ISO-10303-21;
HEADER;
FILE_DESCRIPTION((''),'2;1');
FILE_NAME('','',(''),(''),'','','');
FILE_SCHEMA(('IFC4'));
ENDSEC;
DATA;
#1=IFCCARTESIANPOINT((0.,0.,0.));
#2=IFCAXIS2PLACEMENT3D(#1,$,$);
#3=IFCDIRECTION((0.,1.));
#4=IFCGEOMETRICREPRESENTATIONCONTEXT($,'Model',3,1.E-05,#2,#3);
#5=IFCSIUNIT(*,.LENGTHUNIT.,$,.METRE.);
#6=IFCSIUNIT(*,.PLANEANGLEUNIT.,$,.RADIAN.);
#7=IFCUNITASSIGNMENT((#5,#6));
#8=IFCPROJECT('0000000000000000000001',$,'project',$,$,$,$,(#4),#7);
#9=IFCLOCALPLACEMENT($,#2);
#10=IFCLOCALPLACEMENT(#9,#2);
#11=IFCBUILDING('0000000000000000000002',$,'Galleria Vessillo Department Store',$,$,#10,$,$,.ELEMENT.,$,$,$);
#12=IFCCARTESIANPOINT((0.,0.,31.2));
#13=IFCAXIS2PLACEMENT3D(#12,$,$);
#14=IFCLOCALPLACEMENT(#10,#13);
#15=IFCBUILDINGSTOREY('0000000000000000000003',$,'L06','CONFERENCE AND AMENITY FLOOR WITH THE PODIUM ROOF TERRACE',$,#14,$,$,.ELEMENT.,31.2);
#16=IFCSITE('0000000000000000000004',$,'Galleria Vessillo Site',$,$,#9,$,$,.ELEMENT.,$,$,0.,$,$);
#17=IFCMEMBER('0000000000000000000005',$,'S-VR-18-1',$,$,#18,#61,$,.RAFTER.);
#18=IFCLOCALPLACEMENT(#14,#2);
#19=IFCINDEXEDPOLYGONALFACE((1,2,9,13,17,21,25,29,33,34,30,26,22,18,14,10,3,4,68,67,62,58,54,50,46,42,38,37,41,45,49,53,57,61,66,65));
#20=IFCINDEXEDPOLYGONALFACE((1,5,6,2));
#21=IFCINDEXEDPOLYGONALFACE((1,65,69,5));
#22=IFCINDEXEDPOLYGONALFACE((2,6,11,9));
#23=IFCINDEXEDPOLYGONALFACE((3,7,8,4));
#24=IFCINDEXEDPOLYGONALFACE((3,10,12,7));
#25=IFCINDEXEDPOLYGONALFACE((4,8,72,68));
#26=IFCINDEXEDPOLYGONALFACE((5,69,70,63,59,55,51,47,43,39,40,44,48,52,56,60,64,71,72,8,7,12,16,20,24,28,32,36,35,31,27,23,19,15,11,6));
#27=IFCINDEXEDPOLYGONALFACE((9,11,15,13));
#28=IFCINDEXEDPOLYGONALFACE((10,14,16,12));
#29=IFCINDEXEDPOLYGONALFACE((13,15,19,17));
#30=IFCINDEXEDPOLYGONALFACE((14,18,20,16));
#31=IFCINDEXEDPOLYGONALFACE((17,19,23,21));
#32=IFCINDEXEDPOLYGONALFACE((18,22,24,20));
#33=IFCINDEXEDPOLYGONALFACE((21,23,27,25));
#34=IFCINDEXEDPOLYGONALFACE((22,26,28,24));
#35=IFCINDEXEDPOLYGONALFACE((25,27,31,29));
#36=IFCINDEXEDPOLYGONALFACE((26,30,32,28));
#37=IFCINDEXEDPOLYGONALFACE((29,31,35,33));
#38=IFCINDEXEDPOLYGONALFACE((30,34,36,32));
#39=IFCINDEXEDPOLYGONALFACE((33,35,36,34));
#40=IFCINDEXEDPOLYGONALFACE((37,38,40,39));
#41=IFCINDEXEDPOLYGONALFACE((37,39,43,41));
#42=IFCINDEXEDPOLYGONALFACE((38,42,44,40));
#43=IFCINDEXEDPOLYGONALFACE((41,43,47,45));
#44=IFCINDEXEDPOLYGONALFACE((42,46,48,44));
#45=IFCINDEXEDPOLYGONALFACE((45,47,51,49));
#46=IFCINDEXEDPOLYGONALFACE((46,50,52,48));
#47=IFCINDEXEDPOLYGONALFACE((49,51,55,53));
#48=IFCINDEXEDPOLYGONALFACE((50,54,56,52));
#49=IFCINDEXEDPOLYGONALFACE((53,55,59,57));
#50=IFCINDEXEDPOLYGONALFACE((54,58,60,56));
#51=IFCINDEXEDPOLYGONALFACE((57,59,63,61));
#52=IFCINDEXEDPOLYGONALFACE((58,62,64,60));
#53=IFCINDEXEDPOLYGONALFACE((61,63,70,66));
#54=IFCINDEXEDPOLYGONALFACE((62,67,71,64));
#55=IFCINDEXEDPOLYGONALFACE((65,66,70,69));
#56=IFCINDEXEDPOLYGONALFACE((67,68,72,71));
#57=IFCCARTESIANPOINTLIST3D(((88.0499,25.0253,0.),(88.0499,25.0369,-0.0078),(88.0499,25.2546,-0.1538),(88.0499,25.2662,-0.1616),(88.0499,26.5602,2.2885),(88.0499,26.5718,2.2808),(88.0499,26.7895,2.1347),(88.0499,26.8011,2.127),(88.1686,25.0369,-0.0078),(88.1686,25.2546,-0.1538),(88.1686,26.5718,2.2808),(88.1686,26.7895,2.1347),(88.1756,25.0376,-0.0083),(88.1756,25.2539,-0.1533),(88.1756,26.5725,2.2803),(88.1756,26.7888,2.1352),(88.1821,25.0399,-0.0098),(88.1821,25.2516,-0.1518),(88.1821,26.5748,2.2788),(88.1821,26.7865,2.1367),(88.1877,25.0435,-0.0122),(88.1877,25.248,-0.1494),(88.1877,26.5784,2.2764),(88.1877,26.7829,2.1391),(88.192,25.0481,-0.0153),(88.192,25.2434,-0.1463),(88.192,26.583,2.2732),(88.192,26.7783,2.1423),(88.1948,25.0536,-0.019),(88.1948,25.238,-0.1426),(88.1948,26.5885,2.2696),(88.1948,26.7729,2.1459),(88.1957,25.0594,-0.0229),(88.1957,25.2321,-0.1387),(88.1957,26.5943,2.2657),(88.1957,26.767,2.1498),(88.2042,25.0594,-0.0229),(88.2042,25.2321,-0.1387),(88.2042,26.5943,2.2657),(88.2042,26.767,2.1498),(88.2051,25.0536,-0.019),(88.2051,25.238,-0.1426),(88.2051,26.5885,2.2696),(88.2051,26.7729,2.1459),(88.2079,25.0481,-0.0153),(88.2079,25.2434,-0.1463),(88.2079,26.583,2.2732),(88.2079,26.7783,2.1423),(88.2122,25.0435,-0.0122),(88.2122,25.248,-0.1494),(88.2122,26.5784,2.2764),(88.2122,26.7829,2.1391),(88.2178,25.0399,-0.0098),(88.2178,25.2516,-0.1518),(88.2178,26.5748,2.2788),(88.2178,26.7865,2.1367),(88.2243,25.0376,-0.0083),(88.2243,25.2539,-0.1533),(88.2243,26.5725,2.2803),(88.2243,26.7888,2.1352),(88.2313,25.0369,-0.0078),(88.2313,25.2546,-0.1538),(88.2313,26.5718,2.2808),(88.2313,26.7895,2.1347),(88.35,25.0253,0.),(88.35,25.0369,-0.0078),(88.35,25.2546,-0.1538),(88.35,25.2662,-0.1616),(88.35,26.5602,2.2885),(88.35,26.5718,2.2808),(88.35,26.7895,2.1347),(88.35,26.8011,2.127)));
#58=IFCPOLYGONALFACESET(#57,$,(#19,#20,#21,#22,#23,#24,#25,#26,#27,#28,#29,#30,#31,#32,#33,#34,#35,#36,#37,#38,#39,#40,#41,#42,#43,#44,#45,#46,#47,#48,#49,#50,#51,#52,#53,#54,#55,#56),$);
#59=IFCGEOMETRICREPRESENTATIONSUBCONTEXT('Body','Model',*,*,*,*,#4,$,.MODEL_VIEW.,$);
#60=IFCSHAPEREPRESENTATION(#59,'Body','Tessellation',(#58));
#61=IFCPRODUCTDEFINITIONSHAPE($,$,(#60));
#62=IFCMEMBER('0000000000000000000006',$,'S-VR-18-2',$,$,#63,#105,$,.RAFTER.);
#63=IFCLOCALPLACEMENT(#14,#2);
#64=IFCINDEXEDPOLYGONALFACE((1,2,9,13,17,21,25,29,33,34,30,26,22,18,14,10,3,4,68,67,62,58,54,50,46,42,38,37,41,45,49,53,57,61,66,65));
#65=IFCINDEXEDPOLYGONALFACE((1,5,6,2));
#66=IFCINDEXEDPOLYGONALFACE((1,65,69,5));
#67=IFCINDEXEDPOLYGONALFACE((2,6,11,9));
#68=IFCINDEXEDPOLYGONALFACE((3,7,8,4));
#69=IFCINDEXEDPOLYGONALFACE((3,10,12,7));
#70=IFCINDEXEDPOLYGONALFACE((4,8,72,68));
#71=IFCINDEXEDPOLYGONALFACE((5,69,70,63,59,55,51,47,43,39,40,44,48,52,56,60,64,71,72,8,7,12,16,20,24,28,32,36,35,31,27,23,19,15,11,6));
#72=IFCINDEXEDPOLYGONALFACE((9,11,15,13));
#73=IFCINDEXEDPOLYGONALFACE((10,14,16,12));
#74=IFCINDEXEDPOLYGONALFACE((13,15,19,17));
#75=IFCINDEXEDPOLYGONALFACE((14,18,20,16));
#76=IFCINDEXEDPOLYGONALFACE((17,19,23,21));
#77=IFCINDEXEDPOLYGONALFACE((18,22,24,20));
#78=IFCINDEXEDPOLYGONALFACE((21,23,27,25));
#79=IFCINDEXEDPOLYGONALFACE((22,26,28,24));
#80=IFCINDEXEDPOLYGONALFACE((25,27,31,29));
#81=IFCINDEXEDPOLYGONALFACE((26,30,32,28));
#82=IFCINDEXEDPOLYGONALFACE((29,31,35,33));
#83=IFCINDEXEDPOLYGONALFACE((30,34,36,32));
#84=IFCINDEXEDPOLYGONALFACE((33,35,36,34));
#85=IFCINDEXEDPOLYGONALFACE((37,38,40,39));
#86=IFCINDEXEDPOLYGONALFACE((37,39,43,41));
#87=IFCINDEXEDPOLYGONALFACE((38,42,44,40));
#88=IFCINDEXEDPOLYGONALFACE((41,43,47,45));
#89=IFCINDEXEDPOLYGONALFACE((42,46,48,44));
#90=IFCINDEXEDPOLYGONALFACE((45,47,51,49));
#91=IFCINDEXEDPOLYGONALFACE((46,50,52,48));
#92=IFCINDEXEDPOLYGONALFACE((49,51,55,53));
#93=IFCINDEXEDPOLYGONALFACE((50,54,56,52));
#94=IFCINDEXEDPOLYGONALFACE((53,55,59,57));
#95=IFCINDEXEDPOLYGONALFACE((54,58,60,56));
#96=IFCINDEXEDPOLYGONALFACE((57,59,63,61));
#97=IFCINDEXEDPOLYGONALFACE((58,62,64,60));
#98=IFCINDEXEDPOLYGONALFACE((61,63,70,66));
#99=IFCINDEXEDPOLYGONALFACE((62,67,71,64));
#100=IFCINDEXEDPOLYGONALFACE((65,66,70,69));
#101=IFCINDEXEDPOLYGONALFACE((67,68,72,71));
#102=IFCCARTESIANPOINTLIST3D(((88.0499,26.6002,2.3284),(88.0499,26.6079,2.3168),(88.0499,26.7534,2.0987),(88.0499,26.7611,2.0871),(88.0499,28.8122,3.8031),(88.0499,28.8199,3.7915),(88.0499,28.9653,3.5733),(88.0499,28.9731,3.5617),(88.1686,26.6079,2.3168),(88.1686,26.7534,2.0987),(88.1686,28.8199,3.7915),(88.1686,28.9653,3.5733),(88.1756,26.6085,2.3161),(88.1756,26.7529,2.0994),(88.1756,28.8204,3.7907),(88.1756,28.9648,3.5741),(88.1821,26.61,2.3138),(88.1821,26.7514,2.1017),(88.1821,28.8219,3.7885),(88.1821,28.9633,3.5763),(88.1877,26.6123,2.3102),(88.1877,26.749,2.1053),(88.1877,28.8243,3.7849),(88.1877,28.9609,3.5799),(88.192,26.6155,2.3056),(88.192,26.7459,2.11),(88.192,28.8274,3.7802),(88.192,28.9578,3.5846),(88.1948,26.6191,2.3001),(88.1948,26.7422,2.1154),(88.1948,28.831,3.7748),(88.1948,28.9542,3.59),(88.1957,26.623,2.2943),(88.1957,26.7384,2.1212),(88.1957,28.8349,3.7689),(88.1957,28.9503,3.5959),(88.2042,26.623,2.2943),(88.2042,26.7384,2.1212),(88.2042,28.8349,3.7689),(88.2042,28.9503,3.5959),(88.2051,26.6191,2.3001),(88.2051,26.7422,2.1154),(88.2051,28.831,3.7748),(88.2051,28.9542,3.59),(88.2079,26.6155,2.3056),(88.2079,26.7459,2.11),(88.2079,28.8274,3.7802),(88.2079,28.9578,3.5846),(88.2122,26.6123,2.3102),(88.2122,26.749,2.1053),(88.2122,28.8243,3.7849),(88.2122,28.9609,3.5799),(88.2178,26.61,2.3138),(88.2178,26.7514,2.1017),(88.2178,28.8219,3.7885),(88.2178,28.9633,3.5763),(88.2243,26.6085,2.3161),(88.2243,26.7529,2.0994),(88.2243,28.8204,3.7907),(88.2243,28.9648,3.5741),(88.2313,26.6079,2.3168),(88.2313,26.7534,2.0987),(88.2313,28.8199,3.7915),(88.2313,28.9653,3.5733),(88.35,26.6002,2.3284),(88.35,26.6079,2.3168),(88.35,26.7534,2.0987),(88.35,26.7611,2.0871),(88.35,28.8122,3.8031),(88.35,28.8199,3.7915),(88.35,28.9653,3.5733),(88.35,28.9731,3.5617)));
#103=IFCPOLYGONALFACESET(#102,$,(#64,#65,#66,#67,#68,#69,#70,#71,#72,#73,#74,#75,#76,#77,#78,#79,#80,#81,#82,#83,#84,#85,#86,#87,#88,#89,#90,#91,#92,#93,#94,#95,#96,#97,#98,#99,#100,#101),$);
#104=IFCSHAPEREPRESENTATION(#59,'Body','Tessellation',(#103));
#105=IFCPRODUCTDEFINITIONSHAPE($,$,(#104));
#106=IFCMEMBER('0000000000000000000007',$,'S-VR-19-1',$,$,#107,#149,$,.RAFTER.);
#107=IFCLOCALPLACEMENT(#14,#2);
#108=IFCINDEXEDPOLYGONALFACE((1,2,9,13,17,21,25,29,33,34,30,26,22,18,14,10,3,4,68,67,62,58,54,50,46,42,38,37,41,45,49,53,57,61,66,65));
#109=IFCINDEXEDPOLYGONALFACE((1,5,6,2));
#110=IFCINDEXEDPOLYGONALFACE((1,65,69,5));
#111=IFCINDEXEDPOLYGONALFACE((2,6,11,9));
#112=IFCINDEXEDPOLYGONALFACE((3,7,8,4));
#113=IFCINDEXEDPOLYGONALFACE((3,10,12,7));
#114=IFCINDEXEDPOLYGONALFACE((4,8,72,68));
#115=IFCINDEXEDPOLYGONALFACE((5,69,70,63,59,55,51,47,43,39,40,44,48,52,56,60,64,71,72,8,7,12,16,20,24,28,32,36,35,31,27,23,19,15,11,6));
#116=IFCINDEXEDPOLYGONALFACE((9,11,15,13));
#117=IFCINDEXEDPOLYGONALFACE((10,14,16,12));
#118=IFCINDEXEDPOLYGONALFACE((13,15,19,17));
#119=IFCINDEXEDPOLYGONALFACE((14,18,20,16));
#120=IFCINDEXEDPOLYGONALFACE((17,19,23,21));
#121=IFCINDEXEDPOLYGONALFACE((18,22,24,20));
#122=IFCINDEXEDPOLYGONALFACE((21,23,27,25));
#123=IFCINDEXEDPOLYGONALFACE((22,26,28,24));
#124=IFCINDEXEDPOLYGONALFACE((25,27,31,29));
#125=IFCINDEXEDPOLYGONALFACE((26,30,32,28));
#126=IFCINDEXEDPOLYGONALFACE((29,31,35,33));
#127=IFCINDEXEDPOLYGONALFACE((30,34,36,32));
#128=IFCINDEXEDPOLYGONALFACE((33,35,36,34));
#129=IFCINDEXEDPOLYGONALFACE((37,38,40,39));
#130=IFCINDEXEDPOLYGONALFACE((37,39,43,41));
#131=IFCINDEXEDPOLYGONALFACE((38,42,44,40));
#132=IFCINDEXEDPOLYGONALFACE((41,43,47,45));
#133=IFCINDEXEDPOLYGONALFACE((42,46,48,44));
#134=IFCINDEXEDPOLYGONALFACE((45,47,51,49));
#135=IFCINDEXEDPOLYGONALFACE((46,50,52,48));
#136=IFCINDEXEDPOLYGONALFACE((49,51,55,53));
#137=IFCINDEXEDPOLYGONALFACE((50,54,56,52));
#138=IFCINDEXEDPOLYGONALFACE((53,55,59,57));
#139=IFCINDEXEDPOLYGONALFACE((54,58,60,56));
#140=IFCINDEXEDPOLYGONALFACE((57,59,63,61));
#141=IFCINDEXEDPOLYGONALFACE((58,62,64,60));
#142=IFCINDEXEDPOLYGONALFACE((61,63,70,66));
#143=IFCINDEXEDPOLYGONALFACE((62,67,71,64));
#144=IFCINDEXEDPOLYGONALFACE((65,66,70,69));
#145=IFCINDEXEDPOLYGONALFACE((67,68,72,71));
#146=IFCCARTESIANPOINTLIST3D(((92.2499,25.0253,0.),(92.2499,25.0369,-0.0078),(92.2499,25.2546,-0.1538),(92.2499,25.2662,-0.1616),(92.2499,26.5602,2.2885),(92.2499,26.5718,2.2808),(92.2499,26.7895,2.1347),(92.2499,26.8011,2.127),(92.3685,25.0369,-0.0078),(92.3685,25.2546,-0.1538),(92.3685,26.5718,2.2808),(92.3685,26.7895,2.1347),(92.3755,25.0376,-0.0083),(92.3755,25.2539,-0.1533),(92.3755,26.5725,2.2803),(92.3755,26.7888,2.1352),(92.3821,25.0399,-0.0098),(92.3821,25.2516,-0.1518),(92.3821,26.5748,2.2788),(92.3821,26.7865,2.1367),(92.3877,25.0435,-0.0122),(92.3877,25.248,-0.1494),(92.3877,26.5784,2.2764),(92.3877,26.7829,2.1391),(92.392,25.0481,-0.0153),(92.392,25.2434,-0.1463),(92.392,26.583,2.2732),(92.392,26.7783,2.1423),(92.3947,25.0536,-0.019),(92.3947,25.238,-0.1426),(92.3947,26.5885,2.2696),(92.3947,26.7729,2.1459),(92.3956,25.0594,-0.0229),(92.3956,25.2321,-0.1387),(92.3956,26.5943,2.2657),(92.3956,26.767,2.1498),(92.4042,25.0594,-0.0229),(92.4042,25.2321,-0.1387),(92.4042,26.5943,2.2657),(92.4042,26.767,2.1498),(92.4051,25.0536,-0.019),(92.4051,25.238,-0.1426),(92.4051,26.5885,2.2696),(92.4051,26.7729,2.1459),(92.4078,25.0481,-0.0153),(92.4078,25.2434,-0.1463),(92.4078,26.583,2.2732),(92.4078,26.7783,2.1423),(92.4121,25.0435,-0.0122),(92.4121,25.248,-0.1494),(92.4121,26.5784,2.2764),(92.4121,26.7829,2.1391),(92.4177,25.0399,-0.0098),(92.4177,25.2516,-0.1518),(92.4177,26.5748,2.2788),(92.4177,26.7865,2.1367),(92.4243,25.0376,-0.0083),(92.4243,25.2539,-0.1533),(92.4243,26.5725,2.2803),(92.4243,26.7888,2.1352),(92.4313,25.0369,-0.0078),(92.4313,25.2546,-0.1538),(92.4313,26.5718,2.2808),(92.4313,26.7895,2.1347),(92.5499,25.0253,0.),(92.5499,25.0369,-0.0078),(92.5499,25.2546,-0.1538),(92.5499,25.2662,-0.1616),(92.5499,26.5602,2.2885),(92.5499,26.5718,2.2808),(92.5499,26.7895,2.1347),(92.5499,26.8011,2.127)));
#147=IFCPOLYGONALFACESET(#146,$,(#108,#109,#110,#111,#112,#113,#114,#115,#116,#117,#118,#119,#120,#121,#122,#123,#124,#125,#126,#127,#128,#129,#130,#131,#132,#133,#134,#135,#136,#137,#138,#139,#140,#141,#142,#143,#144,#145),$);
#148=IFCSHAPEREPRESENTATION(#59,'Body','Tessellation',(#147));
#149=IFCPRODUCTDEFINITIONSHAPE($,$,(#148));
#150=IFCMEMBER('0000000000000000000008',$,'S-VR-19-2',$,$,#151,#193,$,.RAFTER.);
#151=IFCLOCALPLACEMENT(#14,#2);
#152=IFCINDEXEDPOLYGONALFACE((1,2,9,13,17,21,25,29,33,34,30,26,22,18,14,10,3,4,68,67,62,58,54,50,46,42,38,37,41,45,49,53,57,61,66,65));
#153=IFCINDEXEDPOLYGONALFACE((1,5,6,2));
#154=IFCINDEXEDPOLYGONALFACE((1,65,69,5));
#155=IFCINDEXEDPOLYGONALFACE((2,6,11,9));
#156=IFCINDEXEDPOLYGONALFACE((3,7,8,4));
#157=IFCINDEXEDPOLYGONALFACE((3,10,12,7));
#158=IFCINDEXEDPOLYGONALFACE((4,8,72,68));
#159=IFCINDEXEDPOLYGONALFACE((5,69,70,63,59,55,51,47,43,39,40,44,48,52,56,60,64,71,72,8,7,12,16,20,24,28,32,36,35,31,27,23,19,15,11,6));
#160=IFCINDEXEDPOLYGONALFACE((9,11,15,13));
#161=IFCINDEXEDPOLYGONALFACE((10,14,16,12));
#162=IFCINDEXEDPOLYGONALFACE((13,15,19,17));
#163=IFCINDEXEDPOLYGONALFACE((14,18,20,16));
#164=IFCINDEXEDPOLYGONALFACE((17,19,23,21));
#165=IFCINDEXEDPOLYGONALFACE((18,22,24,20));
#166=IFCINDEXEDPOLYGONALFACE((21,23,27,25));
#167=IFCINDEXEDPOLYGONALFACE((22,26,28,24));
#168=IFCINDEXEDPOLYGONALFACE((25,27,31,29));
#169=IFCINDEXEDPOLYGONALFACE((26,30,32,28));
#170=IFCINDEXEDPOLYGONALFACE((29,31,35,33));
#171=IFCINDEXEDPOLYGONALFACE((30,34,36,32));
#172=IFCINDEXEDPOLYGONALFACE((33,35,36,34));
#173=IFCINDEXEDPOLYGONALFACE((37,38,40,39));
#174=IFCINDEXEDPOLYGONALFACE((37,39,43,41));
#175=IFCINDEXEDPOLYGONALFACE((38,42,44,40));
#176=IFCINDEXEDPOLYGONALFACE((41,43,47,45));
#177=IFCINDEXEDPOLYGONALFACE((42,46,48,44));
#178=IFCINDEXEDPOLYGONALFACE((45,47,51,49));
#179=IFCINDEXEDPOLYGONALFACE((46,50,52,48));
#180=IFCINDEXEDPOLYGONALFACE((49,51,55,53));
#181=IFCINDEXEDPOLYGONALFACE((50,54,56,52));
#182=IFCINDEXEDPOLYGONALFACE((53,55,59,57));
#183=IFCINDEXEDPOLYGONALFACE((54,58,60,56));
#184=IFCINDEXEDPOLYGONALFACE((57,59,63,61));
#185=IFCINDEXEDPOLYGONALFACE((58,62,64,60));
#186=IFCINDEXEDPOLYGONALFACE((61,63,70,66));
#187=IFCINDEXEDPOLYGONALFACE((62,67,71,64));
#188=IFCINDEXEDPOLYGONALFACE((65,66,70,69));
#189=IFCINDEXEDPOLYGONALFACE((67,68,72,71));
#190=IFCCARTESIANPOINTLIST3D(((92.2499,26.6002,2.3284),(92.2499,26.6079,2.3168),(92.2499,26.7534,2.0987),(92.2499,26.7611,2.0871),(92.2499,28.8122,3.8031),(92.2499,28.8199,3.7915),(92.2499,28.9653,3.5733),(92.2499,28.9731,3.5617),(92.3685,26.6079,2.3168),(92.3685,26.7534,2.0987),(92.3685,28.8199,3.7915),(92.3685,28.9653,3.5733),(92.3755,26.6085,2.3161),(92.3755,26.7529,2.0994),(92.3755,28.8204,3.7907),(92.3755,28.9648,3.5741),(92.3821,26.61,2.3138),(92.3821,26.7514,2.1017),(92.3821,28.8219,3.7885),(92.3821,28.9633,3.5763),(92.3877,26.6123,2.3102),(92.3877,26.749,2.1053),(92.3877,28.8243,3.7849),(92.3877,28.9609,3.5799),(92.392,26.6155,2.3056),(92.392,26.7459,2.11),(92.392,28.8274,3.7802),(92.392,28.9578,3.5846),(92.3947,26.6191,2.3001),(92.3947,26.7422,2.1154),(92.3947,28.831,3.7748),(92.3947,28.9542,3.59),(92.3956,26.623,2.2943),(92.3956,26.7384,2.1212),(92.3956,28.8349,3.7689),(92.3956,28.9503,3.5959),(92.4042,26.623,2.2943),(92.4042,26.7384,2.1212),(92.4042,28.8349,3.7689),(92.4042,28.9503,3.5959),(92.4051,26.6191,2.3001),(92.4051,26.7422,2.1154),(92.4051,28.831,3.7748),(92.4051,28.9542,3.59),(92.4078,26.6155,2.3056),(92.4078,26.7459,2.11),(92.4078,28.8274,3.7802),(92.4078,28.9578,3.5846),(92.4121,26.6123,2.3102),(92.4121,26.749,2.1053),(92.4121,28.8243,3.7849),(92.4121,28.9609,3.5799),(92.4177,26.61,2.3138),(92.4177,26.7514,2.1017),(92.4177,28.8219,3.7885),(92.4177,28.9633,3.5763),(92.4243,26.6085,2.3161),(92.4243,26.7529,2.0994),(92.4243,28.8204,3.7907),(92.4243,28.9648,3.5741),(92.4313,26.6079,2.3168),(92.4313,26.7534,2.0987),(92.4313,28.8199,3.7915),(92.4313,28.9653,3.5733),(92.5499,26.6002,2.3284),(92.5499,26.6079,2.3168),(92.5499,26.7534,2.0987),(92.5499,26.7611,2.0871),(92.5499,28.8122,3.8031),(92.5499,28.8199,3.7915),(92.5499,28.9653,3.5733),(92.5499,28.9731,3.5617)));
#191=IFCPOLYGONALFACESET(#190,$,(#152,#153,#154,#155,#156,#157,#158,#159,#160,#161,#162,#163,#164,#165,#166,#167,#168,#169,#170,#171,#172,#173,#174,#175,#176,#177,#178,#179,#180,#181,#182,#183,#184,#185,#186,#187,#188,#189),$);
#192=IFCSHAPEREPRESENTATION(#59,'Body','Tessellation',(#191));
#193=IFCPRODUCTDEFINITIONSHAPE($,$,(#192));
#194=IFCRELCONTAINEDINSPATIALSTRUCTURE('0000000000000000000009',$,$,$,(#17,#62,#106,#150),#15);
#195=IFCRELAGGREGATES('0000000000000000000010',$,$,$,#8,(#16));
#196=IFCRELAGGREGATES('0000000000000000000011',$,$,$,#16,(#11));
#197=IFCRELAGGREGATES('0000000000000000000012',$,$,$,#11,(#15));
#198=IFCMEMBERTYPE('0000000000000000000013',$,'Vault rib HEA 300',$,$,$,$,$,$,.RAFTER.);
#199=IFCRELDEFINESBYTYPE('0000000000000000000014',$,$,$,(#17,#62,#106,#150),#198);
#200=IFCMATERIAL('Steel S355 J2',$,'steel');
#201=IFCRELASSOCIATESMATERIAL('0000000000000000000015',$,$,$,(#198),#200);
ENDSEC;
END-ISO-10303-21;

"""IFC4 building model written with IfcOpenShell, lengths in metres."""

from ifc_helpers import new_model, si_unit, direction, frame, origin, origin_2d, place, context, subcontext, project, spatial, i_section, extrude, material, material_profile, profile_set, type_object, element, save


model = new_model("IFC4")

# Units and contexts
model_context = context("Model", 3, precision=1e-05, world=origin(), true_north=direction((0.0, 1.0)))
body_context = subcontext(model_context, "Body", "Model", "MODEL_VIEW")
ifc_project = project(units=[si_unit("LENGTHUNIT", "METRE"), si_unit("PLANEANGLEUNIT", "RADIAN")], contexts=[model_context])

# Site, building, storey
site_placement = place(None, origin())
site = spatial("IfcSite", under=ifc_project, at=site_placement, Name="Galleria Vessillo Site", CompositionType="ELEMENT", RefElevation=0.0)
building_placement = place(site_placement, origin())
building = spatial("IfcBuilding", under=site, at=building_placement, Name="Galleria Vessillo Department Store", CompositionType="ELEMENT")
storey_placement = place(building_placement, frame((0.0, 0.0, 31.2)))
storey = spatial("IfcBuildingStorey", under=building, at=storey_placement, Name="L06", Description="CONFERENCE AND AMENITY FLOOR WITH THE PODIUM ROOF TERRACE", CompositionType="ELEMENT", Elevation=31.2)

# Members
ifc_material_1 = material(Name="Steel S355 J2", Category="steel")
ifc_material_profile_1 = material_profile(ifc_material_1, i_section(OverallWidth=0.3, OverallDepth=0.29, WebThickness=0.0085, FlangeThickness=0.0139, FilletRadius=0.0271, at=origin_2d()), Name="HEA 300")
ifc_profile_set_1 = profile_set([ifc_material_profile_1], Name="Steel S355 J2")
member_type_1 = type_object("IfcMemberType", Name="Vault rib HEA 300", PredefinedType="RAFTER", material=ifc_profile_set_1)
member_1_placement = place(storey_placement, frame((88.2, 25.1458, -0.0808), z_axis=(0.0, 0.557008, 0.830507), x_axis=(-1.0, 0.0, 0.0)))
element("IfcMember", 1, at=member_1_placement, inside=storey, type_object=member_type_1, Name="S-VR-18-1", PredefinedType="RAFTER", context=body_context, shape_type="SweptSolid", body=[
    extrude(i_section(OverallWidth=0.3, OverallDepth=0.29, WebThickness=0.0085, FlangeThickness=0.0139, FilletRadius=0.0271, at=origin_2d()), origin(), (0.0, 0.0, 1.0), 2.7556),
])
member_2_placement = place(storey_placement, frame((88.2, 26.6807, 2.2078), z_axis=(0.0, 0.83205, 0.5547), x_axis=(-1.0, 0.0, 0.0)))
element("IfcMember", 2, at=member_2_placement, inside=storey, type_object=member_type_1, Name="S-VR-18-2", PredefinedType="RAFTER", context=body_context, shape_type="SweptSolid", body=[
    extrude(i_section(OverallWidth=0.3, OverallDepth=0.29, WebThickness=0.0085, FlangeThickness=0.0139, FilletRadius=0.0271, at=origin_2d()), origin(), (0.0, 0.0, 1.0), 2.6584),
])
member_3_placement = place(storey_placement, frame((92.3999, 25.1458, -0.0808), z_axis=(0.0, 0.557008, 0.830507), x_axis=(-1.0, 0.0, 0.0)))
element("IfcMember", 3, at=member_3_placement, inside=storey, type_object=member_type_1, Name="S-VR-19-1", PredefinedType="RAFTER", context=body_context, shape_type="SweptSolid", body=[
    extrude(i_section(OverallWidth=0.3, OverallDepth=0.29, WebThickness=0.0085, FlangeThickness=0.0139, FilletRadius=0.0271, at=origin_2d()), origin(), (0.0, 0.0, 1.0), 2.7556),
])
member_4_placement = place(storey_placement, frame((92.3999, 26.6807, 2.2078), z_axis=(0.0, 0.83205, 0.5547), x_axis=(-1.0, 0.0, 0.0)))
element("IfcMember", 4, at=member_4_placement, inside=storey, type_object=member_type_1, Name="S-VR-19-2", PredefinedType="RAFTER", context=body_context, shape_type="SweptSolid", body=[
    extrude(i_section(OverallWidth=0.3, OverallDepth=0.29, WebThickness=0.0085, FlangeThickness=0.0139, FilletRadius=0.0271, at=origin_2d()), origin(), (0.0, 0.0, 1.0), 2.6584),
])

save(model, "model.ifc")
